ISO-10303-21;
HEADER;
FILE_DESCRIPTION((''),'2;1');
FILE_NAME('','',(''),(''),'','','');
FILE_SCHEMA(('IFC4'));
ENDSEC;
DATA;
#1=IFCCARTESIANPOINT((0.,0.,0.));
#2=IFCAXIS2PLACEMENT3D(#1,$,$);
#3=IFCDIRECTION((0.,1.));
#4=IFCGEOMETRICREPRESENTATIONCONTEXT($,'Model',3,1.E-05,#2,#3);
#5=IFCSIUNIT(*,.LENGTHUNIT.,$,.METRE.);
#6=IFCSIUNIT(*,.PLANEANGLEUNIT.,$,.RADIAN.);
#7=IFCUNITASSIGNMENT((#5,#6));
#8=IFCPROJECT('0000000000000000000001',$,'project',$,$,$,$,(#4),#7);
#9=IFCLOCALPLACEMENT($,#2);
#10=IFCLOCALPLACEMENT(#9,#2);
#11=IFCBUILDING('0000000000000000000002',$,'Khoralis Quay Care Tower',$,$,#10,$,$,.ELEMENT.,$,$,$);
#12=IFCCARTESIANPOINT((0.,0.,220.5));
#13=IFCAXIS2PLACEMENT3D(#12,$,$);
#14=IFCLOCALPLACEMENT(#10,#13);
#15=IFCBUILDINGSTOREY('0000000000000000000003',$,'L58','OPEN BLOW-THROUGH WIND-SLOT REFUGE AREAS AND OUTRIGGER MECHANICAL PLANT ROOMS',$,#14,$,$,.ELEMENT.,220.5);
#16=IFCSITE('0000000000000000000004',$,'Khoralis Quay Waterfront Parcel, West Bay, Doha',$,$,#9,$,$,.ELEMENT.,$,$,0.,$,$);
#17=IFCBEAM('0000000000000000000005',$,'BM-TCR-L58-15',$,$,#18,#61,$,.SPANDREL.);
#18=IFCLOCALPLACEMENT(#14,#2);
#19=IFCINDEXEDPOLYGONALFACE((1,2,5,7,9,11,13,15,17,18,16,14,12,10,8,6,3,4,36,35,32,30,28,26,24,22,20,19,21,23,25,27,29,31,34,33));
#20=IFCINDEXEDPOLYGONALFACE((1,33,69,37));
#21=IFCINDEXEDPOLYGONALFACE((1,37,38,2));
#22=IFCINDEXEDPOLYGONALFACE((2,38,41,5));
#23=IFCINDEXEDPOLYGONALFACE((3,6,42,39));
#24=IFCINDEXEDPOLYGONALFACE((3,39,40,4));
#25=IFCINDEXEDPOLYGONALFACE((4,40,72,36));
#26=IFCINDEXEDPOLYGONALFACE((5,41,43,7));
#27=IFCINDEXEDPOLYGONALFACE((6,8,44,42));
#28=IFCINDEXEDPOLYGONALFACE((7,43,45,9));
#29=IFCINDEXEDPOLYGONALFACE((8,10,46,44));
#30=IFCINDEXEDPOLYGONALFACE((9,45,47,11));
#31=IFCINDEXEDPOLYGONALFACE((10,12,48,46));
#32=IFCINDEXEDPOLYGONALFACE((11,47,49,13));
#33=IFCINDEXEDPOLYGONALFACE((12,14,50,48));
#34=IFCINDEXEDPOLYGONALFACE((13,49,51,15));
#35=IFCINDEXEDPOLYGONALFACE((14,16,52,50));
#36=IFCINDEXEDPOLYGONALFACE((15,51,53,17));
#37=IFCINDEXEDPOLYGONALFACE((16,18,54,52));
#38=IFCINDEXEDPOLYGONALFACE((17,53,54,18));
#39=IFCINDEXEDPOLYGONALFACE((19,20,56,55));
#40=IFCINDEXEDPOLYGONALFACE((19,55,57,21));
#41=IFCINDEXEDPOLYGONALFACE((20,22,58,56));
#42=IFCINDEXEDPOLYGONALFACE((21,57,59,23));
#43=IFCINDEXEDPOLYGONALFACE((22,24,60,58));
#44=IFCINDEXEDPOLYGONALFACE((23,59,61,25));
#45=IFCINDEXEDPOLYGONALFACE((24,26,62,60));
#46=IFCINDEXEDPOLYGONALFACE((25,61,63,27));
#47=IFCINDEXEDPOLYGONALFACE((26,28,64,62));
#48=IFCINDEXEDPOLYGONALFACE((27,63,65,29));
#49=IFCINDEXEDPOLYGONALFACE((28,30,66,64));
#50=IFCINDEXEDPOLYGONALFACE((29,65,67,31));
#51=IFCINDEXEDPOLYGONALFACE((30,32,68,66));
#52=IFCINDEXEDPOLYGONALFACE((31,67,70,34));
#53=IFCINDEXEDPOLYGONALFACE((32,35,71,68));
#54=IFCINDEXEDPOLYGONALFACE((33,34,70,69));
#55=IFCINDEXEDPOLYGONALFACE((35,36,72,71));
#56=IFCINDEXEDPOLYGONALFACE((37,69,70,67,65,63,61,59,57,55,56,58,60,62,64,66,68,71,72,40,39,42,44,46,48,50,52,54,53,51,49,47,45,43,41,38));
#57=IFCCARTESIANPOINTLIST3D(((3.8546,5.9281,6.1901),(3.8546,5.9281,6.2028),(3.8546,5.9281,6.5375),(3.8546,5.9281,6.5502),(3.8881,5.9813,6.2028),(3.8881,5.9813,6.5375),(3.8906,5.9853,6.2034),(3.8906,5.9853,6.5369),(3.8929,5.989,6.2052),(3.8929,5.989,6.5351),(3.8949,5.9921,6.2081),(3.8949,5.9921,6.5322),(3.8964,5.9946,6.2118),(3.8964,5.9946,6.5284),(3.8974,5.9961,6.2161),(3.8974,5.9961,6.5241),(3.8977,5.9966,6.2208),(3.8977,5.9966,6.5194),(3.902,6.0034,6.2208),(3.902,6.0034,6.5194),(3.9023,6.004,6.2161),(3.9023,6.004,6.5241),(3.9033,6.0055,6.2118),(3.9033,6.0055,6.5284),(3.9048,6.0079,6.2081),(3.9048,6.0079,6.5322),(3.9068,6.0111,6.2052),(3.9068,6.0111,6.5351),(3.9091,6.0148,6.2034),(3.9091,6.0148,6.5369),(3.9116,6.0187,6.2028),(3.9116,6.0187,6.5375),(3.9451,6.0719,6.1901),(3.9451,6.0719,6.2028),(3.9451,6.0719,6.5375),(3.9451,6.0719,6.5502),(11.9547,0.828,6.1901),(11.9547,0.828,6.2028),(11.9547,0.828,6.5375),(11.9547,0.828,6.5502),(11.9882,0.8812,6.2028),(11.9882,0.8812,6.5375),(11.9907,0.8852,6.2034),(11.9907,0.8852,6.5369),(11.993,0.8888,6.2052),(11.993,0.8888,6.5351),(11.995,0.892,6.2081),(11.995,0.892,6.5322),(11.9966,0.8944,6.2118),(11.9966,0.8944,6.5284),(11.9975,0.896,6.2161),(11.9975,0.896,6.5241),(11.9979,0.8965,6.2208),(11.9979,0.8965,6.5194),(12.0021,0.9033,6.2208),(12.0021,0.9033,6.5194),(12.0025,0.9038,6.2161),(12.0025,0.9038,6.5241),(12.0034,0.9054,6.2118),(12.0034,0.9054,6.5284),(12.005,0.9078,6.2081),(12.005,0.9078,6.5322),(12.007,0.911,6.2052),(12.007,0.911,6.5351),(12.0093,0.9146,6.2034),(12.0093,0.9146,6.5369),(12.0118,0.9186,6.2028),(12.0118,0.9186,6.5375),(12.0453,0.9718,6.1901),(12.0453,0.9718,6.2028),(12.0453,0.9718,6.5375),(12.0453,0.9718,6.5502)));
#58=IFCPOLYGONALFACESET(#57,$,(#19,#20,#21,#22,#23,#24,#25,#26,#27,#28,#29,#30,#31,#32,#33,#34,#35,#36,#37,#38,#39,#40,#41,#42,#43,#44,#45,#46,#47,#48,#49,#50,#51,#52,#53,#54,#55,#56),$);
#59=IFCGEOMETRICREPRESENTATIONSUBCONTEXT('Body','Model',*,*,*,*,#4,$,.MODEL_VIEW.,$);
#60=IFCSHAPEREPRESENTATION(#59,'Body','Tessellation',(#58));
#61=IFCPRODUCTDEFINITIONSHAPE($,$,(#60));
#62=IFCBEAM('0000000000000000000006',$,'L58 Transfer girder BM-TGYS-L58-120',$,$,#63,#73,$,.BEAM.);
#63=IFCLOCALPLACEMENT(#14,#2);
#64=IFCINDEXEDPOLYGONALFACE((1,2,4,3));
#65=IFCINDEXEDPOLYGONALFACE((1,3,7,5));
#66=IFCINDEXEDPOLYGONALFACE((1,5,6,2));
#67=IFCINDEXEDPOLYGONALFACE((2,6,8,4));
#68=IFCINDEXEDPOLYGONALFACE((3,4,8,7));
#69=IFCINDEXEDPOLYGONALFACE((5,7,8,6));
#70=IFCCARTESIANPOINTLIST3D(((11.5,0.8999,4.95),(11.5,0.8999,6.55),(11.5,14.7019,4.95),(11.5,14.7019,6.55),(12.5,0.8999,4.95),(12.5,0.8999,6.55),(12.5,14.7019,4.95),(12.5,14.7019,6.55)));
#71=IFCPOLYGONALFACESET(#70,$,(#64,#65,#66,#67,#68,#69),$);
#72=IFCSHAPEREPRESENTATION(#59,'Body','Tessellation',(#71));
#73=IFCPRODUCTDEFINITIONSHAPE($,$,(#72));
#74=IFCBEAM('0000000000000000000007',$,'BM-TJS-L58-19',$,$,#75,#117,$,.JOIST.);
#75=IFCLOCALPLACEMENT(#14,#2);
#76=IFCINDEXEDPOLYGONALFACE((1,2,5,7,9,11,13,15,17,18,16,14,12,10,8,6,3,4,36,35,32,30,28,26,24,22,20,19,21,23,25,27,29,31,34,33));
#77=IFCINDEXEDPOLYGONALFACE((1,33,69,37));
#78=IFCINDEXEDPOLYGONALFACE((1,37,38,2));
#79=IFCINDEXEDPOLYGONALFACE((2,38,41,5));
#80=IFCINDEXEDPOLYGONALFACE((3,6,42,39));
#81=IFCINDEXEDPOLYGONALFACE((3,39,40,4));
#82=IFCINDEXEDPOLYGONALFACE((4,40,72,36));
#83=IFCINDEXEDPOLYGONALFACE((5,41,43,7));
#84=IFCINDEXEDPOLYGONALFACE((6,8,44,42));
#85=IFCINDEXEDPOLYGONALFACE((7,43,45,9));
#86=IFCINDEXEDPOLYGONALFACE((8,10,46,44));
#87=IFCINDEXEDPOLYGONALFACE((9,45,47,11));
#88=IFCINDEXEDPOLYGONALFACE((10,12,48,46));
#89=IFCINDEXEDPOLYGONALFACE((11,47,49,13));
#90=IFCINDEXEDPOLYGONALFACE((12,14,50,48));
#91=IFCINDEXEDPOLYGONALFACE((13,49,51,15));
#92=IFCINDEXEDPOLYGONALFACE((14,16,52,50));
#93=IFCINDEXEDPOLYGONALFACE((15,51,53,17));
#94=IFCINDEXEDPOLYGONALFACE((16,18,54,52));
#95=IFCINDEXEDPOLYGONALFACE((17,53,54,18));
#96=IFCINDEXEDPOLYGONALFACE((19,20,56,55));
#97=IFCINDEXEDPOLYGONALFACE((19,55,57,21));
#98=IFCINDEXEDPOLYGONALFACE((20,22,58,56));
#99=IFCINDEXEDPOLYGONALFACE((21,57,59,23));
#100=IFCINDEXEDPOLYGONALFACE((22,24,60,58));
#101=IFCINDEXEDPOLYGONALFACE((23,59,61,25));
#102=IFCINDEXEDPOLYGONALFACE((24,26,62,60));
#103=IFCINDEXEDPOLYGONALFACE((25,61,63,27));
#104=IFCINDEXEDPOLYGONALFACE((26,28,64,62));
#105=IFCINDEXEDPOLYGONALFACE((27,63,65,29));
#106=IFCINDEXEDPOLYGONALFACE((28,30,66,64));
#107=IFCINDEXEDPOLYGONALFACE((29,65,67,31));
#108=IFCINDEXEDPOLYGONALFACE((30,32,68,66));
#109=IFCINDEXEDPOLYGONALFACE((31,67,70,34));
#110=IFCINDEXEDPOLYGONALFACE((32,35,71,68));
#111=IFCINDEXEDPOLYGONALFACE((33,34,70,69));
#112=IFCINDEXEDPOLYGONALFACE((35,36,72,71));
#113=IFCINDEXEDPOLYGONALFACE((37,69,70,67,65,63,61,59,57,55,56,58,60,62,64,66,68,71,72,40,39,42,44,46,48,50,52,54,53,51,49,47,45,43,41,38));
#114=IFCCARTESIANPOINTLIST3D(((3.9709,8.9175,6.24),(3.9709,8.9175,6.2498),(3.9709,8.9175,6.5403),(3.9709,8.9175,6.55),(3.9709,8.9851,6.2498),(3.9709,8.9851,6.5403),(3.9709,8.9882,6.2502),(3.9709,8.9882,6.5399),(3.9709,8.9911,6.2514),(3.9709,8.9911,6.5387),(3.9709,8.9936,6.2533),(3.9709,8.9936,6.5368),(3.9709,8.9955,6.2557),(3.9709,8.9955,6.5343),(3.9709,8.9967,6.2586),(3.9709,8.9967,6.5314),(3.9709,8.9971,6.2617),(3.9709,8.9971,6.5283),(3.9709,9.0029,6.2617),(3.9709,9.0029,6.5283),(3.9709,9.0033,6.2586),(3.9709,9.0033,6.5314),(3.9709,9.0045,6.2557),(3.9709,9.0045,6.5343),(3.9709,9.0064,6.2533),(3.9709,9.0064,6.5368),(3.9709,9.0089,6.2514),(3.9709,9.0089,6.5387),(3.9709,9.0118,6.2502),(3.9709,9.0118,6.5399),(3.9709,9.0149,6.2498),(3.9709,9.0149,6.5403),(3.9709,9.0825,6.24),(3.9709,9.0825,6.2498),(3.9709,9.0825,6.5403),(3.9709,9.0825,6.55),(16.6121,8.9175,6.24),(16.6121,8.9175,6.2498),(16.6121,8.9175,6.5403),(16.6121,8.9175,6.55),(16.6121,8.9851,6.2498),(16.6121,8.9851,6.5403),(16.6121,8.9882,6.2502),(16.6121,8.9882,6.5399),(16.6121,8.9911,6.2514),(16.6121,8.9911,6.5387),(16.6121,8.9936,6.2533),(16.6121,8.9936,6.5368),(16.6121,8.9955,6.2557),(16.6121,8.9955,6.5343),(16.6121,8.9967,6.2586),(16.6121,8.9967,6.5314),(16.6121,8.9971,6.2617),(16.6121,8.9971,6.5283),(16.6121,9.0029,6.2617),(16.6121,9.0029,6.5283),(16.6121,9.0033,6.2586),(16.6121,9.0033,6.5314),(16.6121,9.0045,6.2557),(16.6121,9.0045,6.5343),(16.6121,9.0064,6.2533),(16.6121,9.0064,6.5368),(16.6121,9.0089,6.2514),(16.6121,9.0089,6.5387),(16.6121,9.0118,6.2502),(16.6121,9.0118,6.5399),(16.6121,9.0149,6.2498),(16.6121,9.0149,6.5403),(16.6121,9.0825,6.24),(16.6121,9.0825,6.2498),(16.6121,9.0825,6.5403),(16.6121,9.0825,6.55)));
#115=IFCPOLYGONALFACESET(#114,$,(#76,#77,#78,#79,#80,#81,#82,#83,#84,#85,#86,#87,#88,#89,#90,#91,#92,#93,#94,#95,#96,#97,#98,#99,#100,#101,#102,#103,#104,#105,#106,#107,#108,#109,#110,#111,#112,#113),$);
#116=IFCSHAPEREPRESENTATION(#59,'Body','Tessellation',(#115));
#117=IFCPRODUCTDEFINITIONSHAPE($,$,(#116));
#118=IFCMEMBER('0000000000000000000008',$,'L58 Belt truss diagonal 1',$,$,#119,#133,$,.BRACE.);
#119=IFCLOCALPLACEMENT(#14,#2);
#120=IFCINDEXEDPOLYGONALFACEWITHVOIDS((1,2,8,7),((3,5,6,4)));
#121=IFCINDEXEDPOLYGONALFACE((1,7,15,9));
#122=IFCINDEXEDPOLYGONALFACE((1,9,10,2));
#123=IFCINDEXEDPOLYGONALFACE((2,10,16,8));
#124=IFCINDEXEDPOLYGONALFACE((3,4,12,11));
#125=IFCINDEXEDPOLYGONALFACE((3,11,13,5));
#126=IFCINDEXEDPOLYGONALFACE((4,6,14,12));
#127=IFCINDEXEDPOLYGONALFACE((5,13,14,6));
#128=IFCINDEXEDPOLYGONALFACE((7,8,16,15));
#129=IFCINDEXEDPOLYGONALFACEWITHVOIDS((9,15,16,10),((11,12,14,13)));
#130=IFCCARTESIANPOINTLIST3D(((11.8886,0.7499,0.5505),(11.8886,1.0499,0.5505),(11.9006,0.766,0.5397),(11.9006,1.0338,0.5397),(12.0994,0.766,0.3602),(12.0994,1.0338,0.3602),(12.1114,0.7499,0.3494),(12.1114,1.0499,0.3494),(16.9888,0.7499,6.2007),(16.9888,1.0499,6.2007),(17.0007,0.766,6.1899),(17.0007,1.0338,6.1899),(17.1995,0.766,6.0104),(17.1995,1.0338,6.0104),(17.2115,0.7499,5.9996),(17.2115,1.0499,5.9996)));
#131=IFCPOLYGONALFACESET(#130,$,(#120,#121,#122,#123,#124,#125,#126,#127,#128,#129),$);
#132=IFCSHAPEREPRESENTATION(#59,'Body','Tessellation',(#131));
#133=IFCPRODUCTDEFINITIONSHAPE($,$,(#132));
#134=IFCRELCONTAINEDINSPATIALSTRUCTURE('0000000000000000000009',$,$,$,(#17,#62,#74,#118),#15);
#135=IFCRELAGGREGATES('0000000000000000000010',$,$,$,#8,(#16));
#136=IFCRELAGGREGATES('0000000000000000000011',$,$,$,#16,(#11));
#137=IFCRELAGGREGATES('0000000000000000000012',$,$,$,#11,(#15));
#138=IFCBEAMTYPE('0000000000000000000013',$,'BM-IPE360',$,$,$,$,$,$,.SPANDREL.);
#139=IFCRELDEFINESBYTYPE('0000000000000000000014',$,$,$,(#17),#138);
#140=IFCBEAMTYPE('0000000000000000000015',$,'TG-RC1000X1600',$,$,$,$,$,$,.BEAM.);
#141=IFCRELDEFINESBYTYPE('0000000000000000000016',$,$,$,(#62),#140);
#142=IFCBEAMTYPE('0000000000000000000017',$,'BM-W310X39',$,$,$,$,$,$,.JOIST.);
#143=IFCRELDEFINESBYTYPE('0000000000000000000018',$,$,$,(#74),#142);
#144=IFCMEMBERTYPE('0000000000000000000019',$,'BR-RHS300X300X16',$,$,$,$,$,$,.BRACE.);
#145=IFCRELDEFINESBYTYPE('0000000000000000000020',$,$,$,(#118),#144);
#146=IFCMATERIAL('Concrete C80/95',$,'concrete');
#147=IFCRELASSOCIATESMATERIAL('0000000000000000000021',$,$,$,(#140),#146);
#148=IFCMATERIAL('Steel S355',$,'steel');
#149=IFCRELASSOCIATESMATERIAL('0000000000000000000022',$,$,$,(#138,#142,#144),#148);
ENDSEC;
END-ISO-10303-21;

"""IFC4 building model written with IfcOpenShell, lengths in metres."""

from ifc_helpers import new_model, si_unit, direction, frame, origin, origin_2d, place, context, subcontext, project, spatial, rectangle, hollow_rectangle, i_section, extrude, source, transform, mapped, material, material_profile, profile_set, type_object, element, save


model = new_model("IFC4")

# Units and contexts
model_context = context("Model", 3, precision=1e-05, world=origin(), true_north=direction((0.0, 1.0)))
body_context = subcontext(model_context, "Body", "Model", "MODEL_VIEW")
ifc_project = project(units=[si_unit("LENGTHUNIT", "METRE"), si_unit("PLANEANGLEUNIT", "RADIAN")], contexts=[model_context])

# Site, building, storey
site_placement = place(None, origin())
site = spatial("IfcSite", under=ifc_project, at=site_placement, Name="Khoralis Quay Waterfront Parcel, West Bay, Doha", CompositionType="ELEMENT", RefElevation=0.0)
building_placement = place(site_placement, origin())
building = spatial("IfcBuilding", under=site, at=building_placement, Name="Khoralis Quay Care Tower", CompositionType="ELEMENT")
storey_placement = place(building_placement, frame((0.0, 0.0, 220.5)))
storey = spatial("IfcBuildingStorey", under=building, at=storey_placement, Name="L58", Description="OPEN BLOW-THROUGH WIND-SLOT REFUGE AREAS AND OUTRIGGER MECHANICAL PLANT ROOMS", CompositionType="ELEMENT", Elevation=220.5)

# Beams
ifc_material_1 = material(Name="Concrete C80/95", Category="concrete")
ifc_material_profile_1 = material_profile(ifc_material_1, rectangle(XDim=1.0, YDim=1.6001, at=origin_2d()), Name="Concrete C80/95")
ifc_profile_set_1 = profile_set([ifc_material_profile_1], Name="Concrete C80/95")
beam_type_1 = type_object("IfcBeamType", Name="TG-RC1000X1600", PredefinedType="BEAM", material=ifc_profile_set_1)
ifc_material_2 = material(Name="Steel S355", Category="steel")
ifc_material_profile_2 = material_profile(ifc_material_2, i_section(OverallWidth=0.1699, OverallDepth=0.3601, WebThickness=0.0081, FlangeThickness=0.0127, FilletRadius=0.0181, at=origin_2d()), Name="Steel S355")
ifc_profile_set_2 = profile_set([ifc_material_profile_2], Name="Steel S355")
beam_type_2 = type_object("IfcBeamType", Name="BM-IPE360", PredefinedType="SPANDREL", material=ifc_profile_set_2)
shared_shape_1 = source(origin(), body_context, "Body", "SweptSolid", [
    extrude(i_section(OverallWidth=0.1699, OverallDepth=0.3601, WebThickness=0.0081, FlangeThickness=0.0127, FilletRadius=0.0181, at=origin_2d()), origin(), (0.0, 0.0, 1.0), 9.572),
])
beam_1_placement = place(storey_placement, frame((12.0, 0.8999, 6.3701), z_axis=(-0.846231, 0.532816, 0.0), x_axis=(-0.532816, -0.846231, 0.0)))
element("IfcBeam", 1, at=beam_1_placement, inside=storey, type_object=beam_type_2, Name="BM-TCR-L58-15", PredefinedType="SPANDREL", context=body_context, shape_type="MappedRepresentation", body=[
    mapped(shared_shape_1, transform((0.0, 0.0, 0.0), scale=1.0)),
])
shared_shape_2 = source(origin(), body_context, "Body", "SweptSolid", [
    extrude(rectangle(XDim=1.0, YDim=1.6001, at=origin_2d()), origin(), (0.0, 0.0, 1.0), 13.802),
])
beam_2_placement = place(storey_placement, frame((12.0, 0.8999, 5.75), z_axis=(0.0, 1.0, 0.0), x_axis=(-1.0, 0.0, 0.0)))
element("IfcBeam", 2, at=beam_2_placement, inside=storey, type_object=beam_type_1, Name="L58 Transfer girder BM-TGYS-L58-120", PredefinedType="BEAM", context=body_context, shape_type="MappedRepresentation", body=[
    mapped(shared_shape_2, transform((0.0, 0.0, 0.0), scale=1.0)),
])
ifc_material_profile_3 = material_profile(ifc_material_2, i_section(OverallWidth=0.165, OverallDepth=0.3101, WebThickness=0.0059, FlangeThickness=0.0098, FilletRadius=0.012, at=origin_2d()), Name="Steel S355")
ifc_profile_set_3 = profile_set([ifc_material_profile_3], Name="Steel S355")
beam_type_3 = type_object("IfcBeamType", Name="BM-W310X39", PredefinedType="JOIST", material=ifc_profile_set_3)
shared_shape_3 = source(origin(), body_context, "Body", "SweptSolid", [
    extrude(i_section(OverallWidth=0.165, OverallDepth=0.3101, WebThickness=0.0059, FlangeThickness=0.0098, FilletRadius=0.012, at=origin_2d()), origin(), (0.0, 0.0, 1.0), 12.6411),
])
beam_3_placement = place(storey_placement, frame((3.9709, 9.0, 6.395), z_axis=(1.0, 0.0, 0.0), x_axis=(0.0, 1.0, 0.0)))
element("IfcBeam", 3, at=beam_3_placement, inside=storey, type_object=beam_type_3, Name="BM-TJS-L58-19", PredefinedType="JOIST", context=body_context, shape_type="MappedRepresentation", body=[
    mapped(shared_shape_3, transform((0.0, 0.0, 0.0), scale=1.0)),
])

# Member
ifc_material_profile_4 = material_profile(ifc_material_2, hollow_rectangle(XDim=0.3, YDim=0.3, WallThickness=0.0161, at=origin_2d()), Name="Steel S355")
ifc_profile_set_4 = profile_set([ifc_material_profile_4], Name="Steel S355")
member_type = type_object("IfcMemberType", Name="BR-RHS300X300X16", PredefinedType="BRACE", material=ifc_profile_set_4)
shared_shape_4 = source(origin(), body_context, "Body", "SweptSolid", [
    extrude(hollow_rectangle(XDim=0.3, YDim=0.3, WallThickness=0.0161, at=origin_2d()), origin(), (0.0, 0.0, 1.0), 7.6116),
])
member_placement = place(storey_placement, frame((12.0, 0.8999, 0.45), z_axis=(0.67005, 0.0, 0.742316), x_axis=(0.0, 1.0, 0.0)))
element("IfcMember", 4, at=member_placement, inside=storey, type_object=member_type, Name="L58 Belt truss diagonal 1", PredefinedType="BRACE", context=body_context, shape_type="MappedRepresentation", body=[
    mapped(shared_shape_4, transform((0.0, 0.0, 0.0), scale=1.0)),
])

save(model, "model.ifc")
